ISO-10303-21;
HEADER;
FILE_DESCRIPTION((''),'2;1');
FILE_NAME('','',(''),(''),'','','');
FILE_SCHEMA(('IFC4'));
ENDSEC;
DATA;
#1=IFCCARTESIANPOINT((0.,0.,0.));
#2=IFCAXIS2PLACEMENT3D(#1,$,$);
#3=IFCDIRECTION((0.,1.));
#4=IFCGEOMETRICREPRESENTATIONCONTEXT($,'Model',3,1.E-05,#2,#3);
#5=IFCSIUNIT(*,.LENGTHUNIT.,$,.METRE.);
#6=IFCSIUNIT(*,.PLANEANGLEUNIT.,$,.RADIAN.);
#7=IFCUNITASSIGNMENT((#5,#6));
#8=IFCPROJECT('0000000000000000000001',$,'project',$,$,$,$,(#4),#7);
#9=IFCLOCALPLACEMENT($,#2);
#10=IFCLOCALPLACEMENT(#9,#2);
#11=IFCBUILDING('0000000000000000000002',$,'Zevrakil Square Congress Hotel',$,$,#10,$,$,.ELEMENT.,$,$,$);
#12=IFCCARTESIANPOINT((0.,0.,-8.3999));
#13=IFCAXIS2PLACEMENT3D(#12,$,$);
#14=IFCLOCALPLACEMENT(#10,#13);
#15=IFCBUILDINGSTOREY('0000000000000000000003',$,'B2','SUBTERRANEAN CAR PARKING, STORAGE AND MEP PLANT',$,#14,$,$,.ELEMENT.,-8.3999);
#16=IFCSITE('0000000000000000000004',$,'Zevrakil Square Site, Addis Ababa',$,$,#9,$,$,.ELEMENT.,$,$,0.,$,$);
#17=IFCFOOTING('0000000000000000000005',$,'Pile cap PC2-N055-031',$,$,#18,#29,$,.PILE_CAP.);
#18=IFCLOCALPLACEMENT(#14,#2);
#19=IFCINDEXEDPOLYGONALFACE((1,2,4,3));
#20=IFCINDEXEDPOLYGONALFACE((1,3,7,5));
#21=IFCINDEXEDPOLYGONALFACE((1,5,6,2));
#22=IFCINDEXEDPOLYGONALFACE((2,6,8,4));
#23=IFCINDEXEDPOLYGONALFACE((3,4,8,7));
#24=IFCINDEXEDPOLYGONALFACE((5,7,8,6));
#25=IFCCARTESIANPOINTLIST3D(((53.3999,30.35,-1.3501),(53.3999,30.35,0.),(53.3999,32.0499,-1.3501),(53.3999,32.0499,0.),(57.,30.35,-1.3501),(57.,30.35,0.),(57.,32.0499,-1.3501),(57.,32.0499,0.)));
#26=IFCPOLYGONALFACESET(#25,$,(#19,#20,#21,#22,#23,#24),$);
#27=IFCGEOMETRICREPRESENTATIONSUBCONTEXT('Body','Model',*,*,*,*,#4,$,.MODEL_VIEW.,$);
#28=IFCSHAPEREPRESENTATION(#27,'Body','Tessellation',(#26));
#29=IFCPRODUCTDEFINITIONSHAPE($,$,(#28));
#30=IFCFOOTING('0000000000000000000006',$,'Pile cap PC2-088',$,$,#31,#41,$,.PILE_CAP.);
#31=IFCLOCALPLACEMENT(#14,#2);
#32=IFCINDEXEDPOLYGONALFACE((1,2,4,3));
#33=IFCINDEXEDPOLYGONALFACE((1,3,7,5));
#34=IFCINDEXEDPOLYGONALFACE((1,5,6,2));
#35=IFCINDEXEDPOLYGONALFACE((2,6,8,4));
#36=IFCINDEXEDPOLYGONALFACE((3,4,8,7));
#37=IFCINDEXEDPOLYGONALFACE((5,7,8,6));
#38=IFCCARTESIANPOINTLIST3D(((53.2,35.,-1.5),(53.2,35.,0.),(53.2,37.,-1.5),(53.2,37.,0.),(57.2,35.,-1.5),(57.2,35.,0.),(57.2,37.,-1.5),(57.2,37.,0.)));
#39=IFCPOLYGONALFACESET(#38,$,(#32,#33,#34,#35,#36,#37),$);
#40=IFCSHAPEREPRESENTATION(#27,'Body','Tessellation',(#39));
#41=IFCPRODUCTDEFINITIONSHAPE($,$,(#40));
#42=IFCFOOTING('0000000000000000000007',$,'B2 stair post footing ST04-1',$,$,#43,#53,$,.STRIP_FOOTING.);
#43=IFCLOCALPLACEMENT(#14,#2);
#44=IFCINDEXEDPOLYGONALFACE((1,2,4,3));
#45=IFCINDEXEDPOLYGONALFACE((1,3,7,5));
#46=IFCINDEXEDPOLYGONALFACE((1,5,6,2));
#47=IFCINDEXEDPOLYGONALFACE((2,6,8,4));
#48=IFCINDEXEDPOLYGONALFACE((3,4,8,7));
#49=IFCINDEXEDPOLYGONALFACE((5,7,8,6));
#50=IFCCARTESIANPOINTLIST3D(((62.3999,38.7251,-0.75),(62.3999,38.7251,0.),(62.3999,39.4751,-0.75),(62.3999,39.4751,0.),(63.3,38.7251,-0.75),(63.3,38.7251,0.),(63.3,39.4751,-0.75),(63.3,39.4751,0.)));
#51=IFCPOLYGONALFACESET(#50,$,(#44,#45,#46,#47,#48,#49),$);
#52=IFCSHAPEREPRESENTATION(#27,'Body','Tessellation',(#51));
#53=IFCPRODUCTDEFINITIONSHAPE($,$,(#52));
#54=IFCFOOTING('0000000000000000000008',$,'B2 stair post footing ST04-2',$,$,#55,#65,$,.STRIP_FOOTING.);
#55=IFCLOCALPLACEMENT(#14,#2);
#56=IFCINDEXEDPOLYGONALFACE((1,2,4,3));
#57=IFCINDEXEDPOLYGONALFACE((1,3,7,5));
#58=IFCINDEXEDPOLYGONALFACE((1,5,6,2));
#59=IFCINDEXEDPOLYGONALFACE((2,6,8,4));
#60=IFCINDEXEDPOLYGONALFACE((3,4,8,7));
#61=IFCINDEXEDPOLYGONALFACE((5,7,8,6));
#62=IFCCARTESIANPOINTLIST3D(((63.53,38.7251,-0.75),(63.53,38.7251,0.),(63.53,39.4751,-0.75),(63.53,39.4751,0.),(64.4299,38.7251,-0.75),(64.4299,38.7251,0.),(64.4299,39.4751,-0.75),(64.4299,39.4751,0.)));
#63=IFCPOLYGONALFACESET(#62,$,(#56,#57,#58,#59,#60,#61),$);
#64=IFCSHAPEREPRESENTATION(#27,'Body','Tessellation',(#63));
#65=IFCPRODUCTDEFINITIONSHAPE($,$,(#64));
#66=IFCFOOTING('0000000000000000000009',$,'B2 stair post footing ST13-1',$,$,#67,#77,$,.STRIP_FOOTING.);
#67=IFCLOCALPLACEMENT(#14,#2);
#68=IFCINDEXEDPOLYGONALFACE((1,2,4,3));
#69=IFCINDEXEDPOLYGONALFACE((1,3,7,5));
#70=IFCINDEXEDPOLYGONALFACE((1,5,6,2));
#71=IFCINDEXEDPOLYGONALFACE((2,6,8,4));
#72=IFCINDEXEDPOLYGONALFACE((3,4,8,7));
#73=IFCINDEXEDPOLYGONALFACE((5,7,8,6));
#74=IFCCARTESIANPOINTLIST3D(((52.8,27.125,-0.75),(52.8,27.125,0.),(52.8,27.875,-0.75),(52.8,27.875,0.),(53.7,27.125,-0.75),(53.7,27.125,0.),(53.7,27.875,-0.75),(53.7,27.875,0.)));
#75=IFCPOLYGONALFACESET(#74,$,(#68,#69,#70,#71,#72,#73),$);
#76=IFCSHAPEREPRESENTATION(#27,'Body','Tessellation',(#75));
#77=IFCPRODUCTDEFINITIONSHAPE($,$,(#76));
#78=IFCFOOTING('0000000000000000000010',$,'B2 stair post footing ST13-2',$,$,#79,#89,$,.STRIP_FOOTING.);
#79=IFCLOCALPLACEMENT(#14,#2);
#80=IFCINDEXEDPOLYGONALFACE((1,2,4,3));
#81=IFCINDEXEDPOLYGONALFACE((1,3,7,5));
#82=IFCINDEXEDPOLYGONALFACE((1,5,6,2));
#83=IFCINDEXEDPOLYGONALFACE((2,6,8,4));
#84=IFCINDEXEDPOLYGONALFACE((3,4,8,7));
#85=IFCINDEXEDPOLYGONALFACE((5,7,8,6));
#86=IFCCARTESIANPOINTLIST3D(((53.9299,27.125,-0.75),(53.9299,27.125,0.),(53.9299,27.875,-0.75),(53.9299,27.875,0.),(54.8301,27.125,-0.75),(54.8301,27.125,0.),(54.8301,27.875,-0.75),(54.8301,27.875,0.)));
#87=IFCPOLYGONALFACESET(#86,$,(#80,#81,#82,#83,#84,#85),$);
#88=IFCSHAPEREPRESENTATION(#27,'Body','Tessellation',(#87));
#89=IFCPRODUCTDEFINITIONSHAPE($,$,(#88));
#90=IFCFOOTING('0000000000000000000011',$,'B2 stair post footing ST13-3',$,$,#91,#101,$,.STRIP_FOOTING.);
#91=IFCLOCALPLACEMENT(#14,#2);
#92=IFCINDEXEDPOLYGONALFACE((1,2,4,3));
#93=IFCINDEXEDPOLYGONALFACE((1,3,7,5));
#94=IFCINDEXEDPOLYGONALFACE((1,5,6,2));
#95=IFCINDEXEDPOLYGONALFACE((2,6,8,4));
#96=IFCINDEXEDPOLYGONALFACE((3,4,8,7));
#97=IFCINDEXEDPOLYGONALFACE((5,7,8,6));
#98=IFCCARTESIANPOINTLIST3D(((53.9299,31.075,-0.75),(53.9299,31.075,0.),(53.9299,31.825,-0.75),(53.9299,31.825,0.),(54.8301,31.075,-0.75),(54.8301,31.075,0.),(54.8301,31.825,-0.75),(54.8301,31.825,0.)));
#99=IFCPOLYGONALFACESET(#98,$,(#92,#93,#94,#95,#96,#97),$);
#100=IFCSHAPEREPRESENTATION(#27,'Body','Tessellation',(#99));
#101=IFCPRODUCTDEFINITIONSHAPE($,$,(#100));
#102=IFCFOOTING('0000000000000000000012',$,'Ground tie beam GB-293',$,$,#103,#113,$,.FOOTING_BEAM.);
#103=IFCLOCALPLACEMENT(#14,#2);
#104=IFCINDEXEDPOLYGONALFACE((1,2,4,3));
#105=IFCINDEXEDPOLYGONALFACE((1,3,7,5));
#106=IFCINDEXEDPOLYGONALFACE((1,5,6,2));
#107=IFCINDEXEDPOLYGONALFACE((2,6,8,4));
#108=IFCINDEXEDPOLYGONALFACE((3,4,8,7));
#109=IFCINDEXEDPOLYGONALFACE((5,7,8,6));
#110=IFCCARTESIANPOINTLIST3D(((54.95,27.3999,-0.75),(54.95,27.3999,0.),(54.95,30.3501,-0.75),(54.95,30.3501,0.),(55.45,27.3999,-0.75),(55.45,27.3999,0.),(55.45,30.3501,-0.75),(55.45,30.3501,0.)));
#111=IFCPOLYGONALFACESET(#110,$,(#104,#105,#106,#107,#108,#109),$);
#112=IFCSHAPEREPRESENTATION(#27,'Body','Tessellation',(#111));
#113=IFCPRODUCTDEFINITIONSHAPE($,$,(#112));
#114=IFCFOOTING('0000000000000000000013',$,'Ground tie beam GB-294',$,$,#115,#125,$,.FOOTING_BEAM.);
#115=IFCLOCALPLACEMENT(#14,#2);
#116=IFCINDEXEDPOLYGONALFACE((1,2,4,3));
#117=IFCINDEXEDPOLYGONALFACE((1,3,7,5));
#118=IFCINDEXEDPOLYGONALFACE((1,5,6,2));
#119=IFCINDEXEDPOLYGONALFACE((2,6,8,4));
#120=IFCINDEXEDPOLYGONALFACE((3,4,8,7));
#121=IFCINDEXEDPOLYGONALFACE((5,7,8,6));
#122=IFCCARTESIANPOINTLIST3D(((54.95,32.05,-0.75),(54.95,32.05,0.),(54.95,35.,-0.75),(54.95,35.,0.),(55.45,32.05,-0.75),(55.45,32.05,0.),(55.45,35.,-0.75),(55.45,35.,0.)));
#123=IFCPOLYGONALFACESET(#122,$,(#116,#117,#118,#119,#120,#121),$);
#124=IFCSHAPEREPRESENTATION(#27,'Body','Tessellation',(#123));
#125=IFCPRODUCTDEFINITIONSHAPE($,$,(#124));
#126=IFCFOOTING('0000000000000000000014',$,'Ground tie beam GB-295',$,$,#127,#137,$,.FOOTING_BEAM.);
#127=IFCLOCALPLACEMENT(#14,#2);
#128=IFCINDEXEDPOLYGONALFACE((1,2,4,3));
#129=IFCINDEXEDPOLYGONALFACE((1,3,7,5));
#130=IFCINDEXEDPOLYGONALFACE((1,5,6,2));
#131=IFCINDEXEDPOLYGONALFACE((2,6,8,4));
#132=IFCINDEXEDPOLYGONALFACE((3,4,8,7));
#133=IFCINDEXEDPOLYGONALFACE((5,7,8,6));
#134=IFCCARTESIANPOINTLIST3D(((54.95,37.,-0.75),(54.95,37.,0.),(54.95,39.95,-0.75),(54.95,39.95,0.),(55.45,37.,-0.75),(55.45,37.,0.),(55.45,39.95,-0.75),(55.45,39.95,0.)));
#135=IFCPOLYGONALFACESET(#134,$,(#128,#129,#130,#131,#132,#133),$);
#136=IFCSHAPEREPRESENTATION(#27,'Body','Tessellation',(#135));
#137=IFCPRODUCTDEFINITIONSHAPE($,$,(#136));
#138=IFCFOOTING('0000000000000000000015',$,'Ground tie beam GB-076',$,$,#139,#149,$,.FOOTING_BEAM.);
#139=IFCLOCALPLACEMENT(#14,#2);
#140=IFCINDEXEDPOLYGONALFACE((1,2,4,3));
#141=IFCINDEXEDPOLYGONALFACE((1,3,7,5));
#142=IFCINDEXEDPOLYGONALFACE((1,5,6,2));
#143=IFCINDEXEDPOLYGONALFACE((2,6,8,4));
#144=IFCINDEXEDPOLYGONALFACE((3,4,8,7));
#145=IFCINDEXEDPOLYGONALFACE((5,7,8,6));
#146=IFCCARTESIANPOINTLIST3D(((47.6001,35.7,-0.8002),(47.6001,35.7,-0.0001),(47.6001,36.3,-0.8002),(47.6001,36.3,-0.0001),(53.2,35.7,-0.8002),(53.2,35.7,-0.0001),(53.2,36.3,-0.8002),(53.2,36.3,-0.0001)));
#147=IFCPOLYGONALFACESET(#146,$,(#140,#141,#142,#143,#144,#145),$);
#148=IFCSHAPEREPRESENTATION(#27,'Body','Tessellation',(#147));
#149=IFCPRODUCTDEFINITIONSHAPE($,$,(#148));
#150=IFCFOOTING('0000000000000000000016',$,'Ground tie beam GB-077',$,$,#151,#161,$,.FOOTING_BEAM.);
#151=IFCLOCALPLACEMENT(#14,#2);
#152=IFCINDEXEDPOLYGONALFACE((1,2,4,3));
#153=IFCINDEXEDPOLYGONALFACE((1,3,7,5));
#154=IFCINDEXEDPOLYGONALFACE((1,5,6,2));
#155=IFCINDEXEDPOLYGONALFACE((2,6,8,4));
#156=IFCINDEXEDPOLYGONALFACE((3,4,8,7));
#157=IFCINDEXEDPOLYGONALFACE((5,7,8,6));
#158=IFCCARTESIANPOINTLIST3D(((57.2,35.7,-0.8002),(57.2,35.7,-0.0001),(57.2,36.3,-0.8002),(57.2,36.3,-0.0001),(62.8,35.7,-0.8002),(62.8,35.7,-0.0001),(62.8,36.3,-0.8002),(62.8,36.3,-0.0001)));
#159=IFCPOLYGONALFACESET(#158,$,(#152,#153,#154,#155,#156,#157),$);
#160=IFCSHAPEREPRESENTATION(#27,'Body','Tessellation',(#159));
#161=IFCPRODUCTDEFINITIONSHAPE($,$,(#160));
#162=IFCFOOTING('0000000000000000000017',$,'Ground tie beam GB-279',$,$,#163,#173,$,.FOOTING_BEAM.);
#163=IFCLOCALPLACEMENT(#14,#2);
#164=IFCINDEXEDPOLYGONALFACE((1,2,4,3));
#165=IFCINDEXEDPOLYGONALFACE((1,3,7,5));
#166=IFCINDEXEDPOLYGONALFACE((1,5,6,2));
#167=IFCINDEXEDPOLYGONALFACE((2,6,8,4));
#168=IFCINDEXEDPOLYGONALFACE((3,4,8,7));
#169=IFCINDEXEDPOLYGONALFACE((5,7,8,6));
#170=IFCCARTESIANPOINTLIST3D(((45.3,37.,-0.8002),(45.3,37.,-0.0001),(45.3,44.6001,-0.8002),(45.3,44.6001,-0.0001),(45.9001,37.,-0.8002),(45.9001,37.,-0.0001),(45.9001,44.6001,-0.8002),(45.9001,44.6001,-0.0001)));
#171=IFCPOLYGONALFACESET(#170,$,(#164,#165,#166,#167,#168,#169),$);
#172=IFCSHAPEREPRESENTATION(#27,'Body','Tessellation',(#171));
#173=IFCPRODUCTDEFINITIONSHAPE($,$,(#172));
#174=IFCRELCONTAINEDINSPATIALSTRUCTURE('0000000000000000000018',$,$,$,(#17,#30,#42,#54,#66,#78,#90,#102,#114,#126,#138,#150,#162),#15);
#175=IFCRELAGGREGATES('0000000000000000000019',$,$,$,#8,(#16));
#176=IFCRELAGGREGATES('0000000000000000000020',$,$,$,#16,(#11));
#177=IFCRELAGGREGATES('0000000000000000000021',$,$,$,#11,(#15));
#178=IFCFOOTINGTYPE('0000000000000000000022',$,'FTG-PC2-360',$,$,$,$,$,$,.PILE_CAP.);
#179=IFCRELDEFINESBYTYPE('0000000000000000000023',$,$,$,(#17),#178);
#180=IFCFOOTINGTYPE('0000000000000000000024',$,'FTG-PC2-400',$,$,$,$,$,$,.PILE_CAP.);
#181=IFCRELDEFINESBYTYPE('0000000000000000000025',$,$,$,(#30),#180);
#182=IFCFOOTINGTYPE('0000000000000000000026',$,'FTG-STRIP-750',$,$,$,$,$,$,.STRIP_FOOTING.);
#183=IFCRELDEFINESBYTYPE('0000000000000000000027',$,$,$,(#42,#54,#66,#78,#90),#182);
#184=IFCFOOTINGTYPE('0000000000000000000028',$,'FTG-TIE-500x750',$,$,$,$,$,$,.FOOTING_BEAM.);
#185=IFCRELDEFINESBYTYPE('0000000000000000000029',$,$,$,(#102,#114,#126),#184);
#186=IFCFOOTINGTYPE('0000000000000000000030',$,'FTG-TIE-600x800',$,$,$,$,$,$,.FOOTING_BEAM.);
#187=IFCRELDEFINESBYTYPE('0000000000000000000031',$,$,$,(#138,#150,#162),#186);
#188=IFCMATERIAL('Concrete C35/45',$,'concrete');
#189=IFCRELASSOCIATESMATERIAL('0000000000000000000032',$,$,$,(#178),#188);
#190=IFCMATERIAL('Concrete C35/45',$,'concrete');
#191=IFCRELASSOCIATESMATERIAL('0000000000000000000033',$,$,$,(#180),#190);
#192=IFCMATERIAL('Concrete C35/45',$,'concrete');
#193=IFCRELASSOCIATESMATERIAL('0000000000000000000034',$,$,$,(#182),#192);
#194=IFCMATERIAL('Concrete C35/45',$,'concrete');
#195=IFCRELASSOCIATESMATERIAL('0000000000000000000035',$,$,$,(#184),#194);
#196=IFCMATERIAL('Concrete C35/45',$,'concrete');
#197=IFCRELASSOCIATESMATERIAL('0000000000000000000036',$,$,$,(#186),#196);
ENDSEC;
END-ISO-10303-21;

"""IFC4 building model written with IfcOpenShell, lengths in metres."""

from ifc_helpers import new_model, si_unit, direction, frame, origin, origin_2d, place, context, subcontext, project, spatial, rectangle, extrude, material, material_profile, profile_set, type_object, element, save


model = new_model("IFC4")

# Units and contexts
model_context = context("Model", 3, precision=1e-05, world=origin(), true_north=direction((0.0, 1.0)))
body_context = subcontext(model_context, "Body", "Model", "MODEL_VIEW")
ifc_project = project(units=[si_unit("LENGTHUNIT", "METRE"), si_unit("PLANEANGLEUNIT", "RADIAN")], contexts=[model_context])

# Site, building, storey
site_placement = place(None, origin())
site = spatial("IfcSite", under=ifc_project, at=site_placement, Name="Zevrakil Square Site, Addis Ababa", CompositionType="ELEMENT", RefElevation=0.0)
building_placement = place(site_placement, origin())
building = spatial("IfcBuilding", under=site, at=building_placement, Name="Zevrakil Square Congress Hotel", CompositionType="ELEMENT")
storey_placement = place(building_placement, frame((0.0, 0.0, -8.3999)))
storey = spatial("IfcBuildingStorey", under=building, at=storey_placement, Name="B2", Description="SUBTERRANEAN CAR PARKING, STORAGE AND MEP PLANT", CompositionType="ELEMENT", Elevation=-8.3999)

# Footings
ifc_material_1 = material(Name="Concrete C35/45", Category="concrete")
footing_type_1 = type_object("IfcFootingType", Name="FTG-PC2-360", PredefinedType="PILE_CAP", material=ifc_material_1)
footing_1_placement = place(storey_placement, frame((55.2, 31.2, -1.3501), z_axis=(0.0, 0.0, 1.0), x_axis=(1.0, 0.0, 0.0)))
element("IfcFooting", 1, at=footing_1_placement, inside=storey, type_object=footing_type_1, Name="Pile cap PC2-N055-031", PredefinedType="PILE_CAP", context=body_context, shape_type="SweptSolid", body=[
    extrude(rectangle(XDim=3.6001, YDim=1.7, at=origin_2d()), origin(), (0.0, 0.0, 1.0), 1.3501),
])
ifc_material_2 = material(Name="Concrete C35/45", Category="concrete")
footing_type_2 = type_object("IfcFootingType", Name="FTG-PC2-400", PredefinedType="PILE_CAP", material=ifc_material_2)
footing_2_placement = place(storey_placement, frame((55.2, 36.0, -1.5), z_axis=(0.0, 0.0, 1.0), x_axis=(1.0, 0.0, 0.0)))
element("IfcFooting", 2, at=footing_2_placement, inside=storey, type_object=footing_type_2, Name="Pile cap PC2-088", PredefinedType="PILE_CAP", context=body_context, shape_type="SweptSolid", body=[
    extrude(rectangle(XDim=4.0, YDim=2.0, at=origin_2d()), origin(), (0.0, 0.0, 1.0), 1.5),
])
ifc_material_3 = material(Name="Concrete C35/45", Category="concrete")
ifc_material_profile_1 = material_profile(ifc_material_3, rectangle(XDim=0.75, YDim=0.75, at=origin_2d()), Name="RC 750x750")
ifc_profile_set_1 = profile_set([ifc_material_profile_1], Name="Concrete C35/45")
footing_type_3 = type_object("IfcFootingType", Name="FTG-STRIP-750", PredefinedType="STRIP_FOOTING", material=ifc_profile_set_1)
footing_3_placement = place(storey_placement, frame((62.3999, 39.1001, -0.375), z_axis=(1.0, 0.0, 0.0), x_axis=(0.0, 1.0, 0.0)))
element("IfcFooting", 3, at=footing_3_placement, inside=storey, type_object=footing_type_3, Name="B2 stair post footing ST04-1", PredefinedType="STRIP_FOOTING", context=body_context, shape_type="SweptSolid", body=[
    extrude(rectangle(XDim=0.75, YDim=0.75, at=origin_2d()), origin(), (0.0, 0.0, 1.0), 0.9001),
])
for number, where, z_axis, x_axis, name in (
    (4, (63.53, 39.1001, -0.375), (1.0, 0.0, 0.0), (0.0, 1.0, 0.0), "B2 stair post footing ST04-2"),
    (5, (52.8, 27.5, -0.375), (1.0, 0.0, 0.0), (0.0, 1.0, 0.0), "B2 stair post footing ST13-1"),
):
    element("IfcFooting", number, at=place(storey_placement, frame(where, z_axis=z_axis, x_axis=x_axis)), inside=storey, type_object=footing_type_3, Name=name, PredefinedType="STRIP_FOOTING", context=body_context, shape_type="SweptSolid", body=[
        extrude(rectangle(XDim=0.75, YDim=0.75, at=origin_2d()), origin(), (0.0, 0.0, 1.0), 0.8999),
    ])
for number, where, z_axis, x_axis, name in (
    (6, (53.9299, 27.5, -0.375), (1.0, 0.0, 0.0), (0.0, 1.0, 0.0), "B2 stair post footing ST13-2"),
    (7, (53.9299, 31.45, -0.375), (1.0, 0.0, 0.0), (0.0, 1.0, 0.0), "B2 stair post footing ST13-3"),
):
    element("IfcFooting", number, at=place(storey_placement, frame(where, z_axis=z_axis, x_axis=x_axis)), inside=storey, type_object=footing_type_3, Name=name, PredefinedType="STRIP_FOOTING", context=body_context, shape_type="SweptSolid", body=[
        extrude(rectangle(XDim=0.75, YDim=0.75, at=origin_2d()), origin(), (0.0, 0.0, 1.0), 0.9001),
    ])
ifc_material_4 = material(Name="Concrete C35/45", Category="concrete")
ifc_material_profile_2 = material_profile(ifc_material_4, rectangle(XDim=0.5, YDim=0.75, at=origin_2d()), Name="RC 500x750")
ifc_profile_set_2 = profile_set([ifc_material_profile_2], Name="Concrete C35/45")
footing_type_4 = type_object("IfcFootingType", Name="FTG-TIE-500x750", PredefinedType="FOOTING_BEAM", material=ifc_profile_set_2)
footing_4_placement = place(storey_placement, frame((55.2, 27.3999, -0.375), z_axis=(0.0, 1.0, 0.0), x_axis=(-1.0, 0.0, 0.0)))
element("IfcFooting", 8, at=footing_4_placement, inside=storey, type_object=footing_type_4, Name="Ground tie beam GB-293", PredefinedType="FOOTING_BEAM", context=body_context, shape_type="SweptSolid", body=[
    extrude(rectangle(XDim=0.5, YDim=0.75, at=origin_2d()), origin(), (0.0, 0.0, 1.0), 2.9502),
])
for number, where, z_axis, x_axis, name in (
    (9, (55.2, 32.05, -0.375), (0.0, 1.0, 0.0), (-1.0, 0.0, 0.0), "Ground tie beam GB-294"),
    (10, (55.2, 37.0, -0.375), (0.0, 1.0, 0.0), (-1.0, 0.0, 0.0), "Ground tie beam GB-295"),
):
    element("IfcFooting", number, at=place(storey_placement, frame(where, z_axis=z_axis, x_axis=x_axis)), inside=storey, type_object=footing_type_4, Name=name, PredefinedType="FOOTING_BEAM", context=body_context, shape_type="SweptSolid", body=[
        extrude(rectangle(XDim=0.5, YDim=0.75, at=origin_2d()), origin(), (0.0, 0.0, 1.0), 2.95),
    ])
ifc_material_5 = material(Name="Concrete C35/45", Category="concrete")
ifc_material_profile_3 = material_profile(ifc_material_5, rectangle(XDim=0.6001, YDim=0.8, at=origin_2d()), Name="RC 600x800")
ifc_profile_set_3 = profile_set([ifc_material_profile_3], Name="Concrete C35/45")
footing_type_5 = type_object("IfcFootingType", Name="FTG-TIE-600x800", PredefinedType="FOOTING_BEAM", material=ifc_profile_set_3)
footing_5_placement = place(storey_placement, frame((47.6001, 36.0, -0.4001), z_axis=(1.0, 0.0, 0.0), x_axis=(0.0, 1.0, 0.0)))
element("IfcFooting", 11, at=footing_5_placement, inside=storey, type_object=footing_type_5, Name="Ground tie beam GB-076", PredefinedType="FOOTING_BEAM", context=body_context, shape_type="SweptSolid", body=[
    extrude(rectangle(XDim=0.6001, YDim=0.8, at=origin_2d()), origin(), (0.0, 0.0, 1.0), 5.5999),
])
footing_6_placement = place(storey_placement, frame((57.2, 36.0, -0.4001), z_axis=(1.0, 0.0, 0.0), x_axis=(0.0, 1.0, 0.0)))
element("IfcFooting", 12, at=footing_6_placement, inside=storey, type_object=footing_type_5, Name="Ground tie beam GB-077", PredefinedType="FOOTING_BEAM", context=body_context, shape_type="SweptSolid", body=[
    extrude(rectangle(XDim=0.6001, YDim=0.8, at=origin_2d()), origin(), (0.0, 0.0, 1.0), 5.6001),
])
footing_7_placement = place(storey_placement, frame((45.6001, 37.0, -0.4001), z_axis=(0.0, 1.0, 0.0), x_axis=(-1.0, 0.0, 0.0)))
element("IfcFooting", 13, at=footing_7_placement, inside=storey, type_object=footing_type_5, Name="Ground tie beam GB-279", PredefinedType="FOOTING_BEAM", context=body_context, shape_type="SweptSolid", body=[
    extrude(rectangle(XDim=0.6001, YDim=0.8, at=origin_2d()), origin(), (0.0, 0.0, 1.0), 7.6001),
])

save(model, "model.ifc")
